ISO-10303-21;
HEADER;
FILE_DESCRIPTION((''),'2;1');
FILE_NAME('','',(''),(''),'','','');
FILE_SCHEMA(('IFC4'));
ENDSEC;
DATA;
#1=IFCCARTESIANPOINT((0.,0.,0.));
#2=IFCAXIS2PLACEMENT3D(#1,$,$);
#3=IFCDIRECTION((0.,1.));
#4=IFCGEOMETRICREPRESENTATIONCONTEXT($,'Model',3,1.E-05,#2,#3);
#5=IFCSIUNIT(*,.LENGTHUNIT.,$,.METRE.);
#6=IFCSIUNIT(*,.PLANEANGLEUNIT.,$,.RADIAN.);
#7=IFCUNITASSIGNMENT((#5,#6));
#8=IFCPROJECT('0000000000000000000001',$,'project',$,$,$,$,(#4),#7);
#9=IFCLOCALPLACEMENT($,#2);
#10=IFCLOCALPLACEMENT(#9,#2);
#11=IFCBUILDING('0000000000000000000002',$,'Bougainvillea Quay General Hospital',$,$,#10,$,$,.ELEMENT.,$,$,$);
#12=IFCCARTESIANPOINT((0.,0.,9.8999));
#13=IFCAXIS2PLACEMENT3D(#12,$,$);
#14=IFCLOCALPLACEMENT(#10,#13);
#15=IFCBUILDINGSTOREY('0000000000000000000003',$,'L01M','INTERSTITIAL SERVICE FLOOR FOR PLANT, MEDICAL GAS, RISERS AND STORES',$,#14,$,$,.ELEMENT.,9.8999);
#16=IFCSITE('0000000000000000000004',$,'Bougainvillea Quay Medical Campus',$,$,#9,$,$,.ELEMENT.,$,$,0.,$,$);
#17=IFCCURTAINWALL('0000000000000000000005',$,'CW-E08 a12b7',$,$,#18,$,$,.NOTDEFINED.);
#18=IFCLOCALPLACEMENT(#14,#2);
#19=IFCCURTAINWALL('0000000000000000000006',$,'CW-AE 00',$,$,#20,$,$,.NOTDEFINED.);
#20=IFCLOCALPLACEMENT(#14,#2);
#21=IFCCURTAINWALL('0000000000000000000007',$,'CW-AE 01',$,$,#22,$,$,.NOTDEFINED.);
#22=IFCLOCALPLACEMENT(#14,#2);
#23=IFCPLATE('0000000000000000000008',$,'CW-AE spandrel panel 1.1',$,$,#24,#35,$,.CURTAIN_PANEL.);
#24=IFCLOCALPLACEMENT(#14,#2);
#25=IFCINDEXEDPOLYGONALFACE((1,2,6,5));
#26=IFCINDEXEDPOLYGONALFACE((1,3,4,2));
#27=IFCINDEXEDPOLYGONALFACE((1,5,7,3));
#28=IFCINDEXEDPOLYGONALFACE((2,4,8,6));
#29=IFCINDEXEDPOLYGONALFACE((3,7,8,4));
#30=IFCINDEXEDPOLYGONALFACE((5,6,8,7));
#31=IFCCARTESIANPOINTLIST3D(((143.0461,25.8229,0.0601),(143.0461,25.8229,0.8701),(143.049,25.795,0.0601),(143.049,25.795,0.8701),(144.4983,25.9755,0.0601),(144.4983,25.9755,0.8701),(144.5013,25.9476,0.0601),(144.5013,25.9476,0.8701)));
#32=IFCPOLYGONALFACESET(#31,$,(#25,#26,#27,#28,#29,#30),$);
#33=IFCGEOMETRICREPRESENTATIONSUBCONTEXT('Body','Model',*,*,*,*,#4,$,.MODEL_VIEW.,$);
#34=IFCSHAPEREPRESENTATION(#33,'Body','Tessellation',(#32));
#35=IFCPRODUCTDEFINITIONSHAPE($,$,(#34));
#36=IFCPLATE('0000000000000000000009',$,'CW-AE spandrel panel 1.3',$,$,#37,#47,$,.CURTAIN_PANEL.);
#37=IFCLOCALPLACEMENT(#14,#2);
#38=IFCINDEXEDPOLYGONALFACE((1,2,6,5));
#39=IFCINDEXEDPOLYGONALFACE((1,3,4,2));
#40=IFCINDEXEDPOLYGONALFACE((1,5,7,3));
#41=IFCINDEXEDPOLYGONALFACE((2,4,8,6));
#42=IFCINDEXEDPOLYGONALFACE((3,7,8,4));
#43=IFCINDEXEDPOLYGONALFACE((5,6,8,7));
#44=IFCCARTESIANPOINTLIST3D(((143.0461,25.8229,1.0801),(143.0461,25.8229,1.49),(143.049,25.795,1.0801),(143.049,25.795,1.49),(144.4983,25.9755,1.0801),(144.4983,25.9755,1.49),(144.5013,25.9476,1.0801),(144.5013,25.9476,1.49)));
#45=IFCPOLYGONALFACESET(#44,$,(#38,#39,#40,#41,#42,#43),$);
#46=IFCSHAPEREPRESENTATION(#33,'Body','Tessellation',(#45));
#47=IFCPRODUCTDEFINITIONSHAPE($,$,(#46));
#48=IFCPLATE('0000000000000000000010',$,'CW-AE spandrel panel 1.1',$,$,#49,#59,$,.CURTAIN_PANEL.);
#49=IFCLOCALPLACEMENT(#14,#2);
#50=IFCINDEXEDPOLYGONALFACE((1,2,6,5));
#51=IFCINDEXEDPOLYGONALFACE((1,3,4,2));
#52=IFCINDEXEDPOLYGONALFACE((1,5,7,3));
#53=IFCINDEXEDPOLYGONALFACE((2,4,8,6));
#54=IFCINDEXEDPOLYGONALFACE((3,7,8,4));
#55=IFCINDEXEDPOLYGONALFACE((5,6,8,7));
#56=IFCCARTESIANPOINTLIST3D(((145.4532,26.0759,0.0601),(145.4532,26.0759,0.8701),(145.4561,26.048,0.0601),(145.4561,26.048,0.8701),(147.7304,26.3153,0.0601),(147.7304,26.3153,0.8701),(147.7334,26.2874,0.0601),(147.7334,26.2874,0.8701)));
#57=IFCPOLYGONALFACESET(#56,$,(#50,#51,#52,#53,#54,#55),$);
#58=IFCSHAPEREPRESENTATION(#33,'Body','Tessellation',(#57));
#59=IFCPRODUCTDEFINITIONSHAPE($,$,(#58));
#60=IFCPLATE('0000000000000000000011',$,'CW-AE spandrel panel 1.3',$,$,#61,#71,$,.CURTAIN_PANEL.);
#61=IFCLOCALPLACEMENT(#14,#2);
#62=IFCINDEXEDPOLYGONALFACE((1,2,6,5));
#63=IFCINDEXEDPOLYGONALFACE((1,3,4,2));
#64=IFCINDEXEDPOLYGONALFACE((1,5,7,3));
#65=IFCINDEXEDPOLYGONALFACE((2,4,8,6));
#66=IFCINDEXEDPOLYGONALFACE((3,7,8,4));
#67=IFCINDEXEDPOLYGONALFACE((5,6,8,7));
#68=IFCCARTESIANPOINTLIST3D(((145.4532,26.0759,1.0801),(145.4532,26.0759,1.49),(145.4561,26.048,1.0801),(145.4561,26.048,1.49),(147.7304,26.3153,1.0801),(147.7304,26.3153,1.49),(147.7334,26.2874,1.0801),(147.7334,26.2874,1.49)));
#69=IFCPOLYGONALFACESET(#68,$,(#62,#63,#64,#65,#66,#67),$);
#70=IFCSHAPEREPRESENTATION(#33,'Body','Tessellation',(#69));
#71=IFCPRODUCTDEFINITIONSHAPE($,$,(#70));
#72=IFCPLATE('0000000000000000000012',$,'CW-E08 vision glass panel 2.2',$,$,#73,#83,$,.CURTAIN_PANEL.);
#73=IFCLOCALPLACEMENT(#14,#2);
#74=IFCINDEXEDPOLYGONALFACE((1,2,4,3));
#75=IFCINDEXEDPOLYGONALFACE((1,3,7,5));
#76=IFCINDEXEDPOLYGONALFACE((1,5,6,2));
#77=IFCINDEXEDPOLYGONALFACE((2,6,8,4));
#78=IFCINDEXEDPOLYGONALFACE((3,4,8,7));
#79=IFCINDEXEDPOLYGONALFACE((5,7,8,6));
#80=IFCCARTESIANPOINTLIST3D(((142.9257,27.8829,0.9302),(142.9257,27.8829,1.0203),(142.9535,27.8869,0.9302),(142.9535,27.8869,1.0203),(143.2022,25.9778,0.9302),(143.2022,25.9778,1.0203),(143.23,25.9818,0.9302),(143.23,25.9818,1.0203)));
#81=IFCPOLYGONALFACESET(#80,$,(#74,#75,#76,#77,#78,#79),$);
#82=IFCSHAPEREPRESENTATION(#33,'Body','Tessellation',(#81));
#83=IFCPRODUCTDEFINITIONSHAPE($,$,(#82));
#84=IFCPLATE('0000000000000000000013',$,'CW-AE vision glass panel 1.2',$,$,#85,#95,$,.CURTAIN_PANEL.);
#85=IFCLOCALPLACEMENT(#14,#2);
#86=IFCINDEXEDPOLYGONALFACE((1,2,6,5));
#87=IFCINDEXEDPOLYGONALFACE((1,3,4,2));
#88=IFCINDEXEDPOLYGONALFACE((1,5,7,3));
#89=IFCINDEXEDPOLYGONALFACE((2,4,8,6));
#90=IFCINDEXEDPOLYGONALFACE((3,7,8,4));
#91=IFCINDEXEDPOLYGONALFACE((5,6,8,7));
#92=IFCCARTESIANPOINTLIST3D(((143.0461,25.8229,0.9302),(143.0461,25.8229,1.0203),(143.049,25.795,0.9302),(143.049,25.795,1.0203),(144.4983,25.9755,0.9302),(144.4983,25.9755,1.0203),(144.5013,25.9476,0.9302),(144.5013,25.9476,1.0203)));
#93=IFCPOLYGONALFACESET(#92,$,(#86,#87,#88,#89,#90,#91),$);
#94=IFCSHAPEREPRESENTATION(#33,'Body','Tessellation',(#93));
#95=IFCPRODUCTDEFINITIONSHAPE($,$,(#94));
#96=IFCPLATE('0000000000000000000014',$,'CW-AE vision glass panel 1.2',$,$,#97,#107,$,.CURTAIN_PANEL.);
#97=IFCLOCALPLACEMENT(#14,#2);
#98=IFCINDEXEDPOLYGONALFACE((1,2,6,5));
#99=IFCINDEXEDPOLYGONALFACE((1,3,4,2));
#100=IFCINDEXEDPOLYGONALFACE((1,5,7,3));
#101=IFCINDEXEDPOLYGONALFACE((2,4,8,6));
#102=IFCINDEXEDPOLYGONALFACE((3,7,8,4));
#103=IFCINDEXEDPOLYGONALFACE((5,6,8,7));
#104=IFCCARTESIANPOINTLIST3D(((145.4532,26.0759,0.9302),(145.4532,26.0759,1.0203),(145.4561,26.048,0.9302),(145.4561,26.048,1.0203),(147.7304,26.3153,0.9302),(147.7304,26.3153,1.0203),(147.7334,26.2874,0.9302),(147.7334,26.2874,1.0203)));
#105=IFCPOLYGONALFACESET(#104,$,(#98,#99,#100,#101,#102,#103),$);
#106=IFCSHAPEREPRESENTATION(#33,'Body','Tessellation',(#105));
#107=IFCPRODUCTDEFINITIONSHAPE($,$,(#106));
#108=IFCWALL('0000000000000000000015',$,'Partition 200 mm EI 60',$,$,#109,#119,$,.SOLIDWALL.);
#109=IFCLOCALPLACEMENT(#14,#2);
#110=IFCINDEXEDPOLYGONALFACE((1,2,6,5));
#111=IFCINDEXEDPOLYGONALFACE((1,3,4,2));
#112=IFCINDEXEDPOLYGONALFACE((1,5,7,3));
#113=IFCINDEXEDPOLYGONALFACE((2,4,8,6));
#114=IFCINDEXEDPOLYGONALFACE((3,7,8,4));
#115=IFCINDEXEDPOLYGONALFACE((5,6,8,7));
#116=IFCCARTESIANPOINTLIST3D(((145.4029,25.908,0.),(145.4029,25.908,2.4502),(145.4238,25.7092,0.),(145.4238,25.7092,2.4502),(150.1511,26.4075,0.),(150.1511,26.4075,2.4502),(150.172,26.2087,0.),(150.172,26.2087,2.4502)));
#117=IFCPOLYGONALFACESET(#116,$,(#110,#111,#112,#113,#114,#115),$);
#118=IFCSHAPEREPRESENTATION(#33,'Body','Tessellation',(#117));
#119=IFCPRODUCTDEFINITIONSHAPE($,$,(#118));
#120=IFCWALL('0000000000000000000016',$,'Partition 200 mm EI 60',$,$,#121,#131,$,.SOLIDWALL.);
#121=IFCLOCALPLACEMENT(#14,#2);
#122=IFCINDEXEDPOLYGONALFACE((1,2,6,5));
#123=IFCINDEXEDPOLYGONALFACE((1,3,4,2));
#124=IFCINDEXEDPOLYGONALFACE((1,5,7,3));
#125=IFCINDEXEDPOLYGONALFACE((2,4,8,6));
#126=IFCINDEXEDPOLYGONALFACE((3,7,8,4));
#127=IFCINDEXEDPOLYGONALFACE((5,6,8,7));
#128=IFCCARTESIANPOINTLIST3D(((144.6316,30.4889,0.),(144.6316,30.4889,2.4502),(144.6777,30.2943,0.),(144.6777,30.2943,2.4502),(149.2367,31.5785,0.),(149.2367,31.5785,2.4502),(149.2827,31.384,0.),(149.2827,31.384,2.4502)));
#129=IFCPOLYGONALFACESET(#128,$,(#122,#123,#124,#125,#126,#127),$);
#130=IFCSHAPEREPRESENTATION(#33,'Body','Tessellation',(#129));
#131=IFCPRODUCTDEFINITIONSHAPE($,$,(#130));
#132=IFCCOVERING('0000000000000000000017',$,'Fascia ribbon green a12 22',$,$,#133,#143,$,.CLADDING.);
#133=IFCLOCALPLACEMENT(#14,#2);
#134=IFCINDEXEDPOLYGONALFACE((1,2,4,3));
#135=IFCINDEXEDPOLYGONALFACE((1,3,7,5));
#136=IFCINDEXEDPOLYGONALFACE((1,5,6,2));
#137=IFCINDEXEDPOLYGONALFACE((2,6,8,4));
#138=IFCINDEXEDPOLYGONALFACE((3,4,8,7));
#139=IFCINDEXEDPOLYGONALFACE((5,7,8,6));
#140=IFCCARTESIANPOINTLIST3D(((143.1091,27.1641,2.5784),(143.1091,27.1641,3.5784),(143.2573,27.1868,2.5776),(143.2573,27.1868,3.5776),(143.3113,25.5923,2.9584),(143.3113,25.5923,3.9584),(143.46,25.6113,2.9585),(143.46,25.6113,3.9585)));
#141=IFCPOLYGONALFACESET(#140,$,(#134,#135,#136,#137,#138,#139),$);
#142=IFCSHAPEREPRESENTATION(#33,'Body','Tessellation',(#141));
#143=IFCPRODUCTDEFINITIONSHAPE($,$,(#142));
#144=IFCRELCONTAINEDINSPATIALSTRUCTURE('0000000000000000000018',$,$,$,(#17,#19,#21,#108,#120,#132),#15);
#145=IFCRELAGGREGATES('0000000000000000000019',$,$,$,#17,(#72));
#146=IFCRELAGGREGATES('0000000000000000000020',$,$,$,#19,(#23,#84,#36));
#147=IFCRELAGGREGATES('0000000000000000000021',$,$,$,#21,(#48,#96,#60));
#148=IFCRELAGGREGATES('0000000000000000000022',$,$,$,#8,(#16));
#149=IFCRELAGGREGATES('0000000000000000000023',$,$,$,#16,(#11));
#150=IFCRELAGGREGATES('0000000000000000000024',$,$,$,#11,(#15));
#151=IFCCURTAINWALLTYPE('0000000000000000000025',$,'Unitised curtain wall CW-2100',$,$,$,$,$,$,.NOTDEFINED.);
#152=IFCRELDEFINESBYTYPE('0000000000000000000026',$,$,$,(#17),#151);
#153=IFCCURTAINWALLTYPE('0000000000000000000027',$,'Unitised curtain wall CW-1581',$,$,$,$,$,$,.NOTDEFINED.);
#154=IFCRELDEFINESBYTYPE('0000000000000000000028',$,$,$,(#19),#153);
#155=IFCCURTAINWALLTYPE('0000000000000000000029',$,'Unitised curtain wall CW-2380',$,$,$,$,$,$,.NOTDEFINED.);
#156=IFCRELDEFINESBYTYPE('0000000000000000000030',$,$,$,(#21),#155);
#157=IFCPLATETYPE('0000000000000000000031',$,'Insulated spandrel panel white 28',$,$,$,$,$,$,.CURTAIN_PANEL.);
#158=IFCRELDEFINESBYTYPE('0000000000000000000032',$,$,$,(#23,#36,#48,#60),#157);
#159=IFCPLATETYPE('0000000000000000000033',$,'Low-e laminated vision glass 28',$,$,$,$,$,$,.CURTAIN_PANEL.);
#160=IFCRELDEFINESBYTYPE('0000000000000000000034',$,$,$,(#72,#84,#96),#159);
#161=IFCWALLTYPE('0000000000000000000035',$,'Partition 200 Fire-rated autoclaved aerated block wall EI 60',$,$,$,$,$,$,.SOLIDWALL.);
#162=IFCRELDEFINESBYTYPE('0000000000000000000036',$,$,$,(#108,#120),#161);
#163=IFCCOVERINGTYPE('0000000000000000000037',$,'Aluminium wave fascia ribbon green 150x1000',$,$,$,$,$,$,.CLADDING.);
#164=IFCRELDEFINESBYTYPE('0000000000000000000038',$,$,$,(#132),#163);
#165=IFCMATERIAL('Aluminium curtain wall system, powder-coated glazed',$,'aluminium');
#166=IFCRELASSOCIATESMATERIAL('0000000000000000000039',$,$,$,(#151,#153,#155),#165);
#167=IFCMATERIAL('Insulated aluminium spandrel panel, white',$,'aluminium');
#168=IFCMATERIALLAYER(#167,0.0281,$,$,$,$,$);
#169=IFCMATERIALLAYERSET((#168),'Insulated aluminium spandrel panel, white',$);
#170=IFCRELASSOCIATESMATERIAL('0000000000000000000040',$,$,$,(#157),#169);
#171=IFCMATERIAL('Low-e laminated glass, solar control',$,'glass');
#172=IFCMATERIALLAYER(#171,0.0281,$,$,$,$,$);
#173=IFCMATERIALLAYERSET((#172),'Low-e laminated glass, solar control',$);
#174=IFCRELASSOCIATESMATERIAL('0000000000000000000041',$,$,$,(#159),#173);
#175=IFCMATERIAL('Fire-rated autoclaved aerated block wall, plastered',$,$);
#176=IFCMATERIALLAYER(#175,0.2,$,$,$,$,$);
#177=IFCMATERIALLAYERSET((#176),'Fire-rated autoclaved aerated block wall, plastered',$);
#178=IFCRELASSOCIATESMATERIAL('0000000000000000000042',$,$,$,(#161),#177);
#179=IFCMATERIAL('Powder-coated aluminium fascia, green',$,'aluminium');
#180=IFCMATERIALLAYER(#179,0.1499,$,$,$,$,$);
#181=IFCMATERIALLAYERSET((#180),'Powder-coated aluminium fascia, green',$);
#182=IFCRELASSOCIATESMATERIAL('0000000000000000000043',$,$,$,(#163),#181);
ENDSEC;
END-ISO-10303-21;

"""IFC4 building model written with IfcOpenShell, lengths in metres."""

from ifc_helpers import new_model, si_unit, direction, frame, frame_2d, origin, origin_2d, place, context, subcontext, project, spatial, polyline, rectangle, outline, extrude, material, layer, layer_set, type_object, element, aggregate, save


model = new_model("IFC4")

# Units and contexts
model_context = context("Model", 3, precision=1e-05, world=origin(), true_north=direction((0.0, 1.0)))
body_context = subcontext(model_context, "Body", "Model", "MODEL_VIEW")
ifc_project = project(units=[si_unit("LENGTHUNIT", "METRE"), si_unit("PLANEANGLEUNIT", "RADIAN")], contexts=[model_context])

# Site, building, storey
site_placement = place(None, origin())
site = spatial("IfcSite", under=ifc_project, at=site_placement, Name="Bougainvillea Quay Medical Campus", CompositionType="ELEMENT", RefElevation=0.0)
building_placement = place(site_placement, origin())
building = spatial("IfcBuilding", under=site, at=building_placement, Name="Bougainvillea Quay General Hospital", CompositionType="ELEMENT")
storey_placement = place(building_placement, frame((0.0, 0.0, 9.8999)))
storey = spatial("IfcBuildingStorey", under=building, at=storey_placement, Name="L01M", Description="INTERSTITIAL SERVICE FLOOR FOR PLANT, MEDICAL GAS, RISERS AND STORES", CompositionType="ELEMENT", Elevation=9.8999)

# Curtain walls
ifc_material_1 = material(Name="Aluminium curtain wall system, powder-coated glazed", Category="aluminium")
curtain_wall_type_1 = type_object("IfcCurtainWallType", Name="Unitised curtain wall CW-2100", PredefinedType="NOTDEFINED", material=ifc_material_1)
curtain_wall_1_placement = place(storey_placement, origin())
curtain_wall_1 = element("IfcCurtainWall", 1, at=curtain_wall_1_placement, inside=storey, type_object=curtain_wall_type_1, Name="CW-E08 a12b7", PredefinedType="NOTDEFINED")
curtain_wall_type_2 = type_object("IfcCurtainWallType", Name="Unitised curtain wall CW-1581", PredefinedType="NOTDEFINED", material=ifc_material_1)
curtain_wall_2_placement = place(storey_placement, origin())
curtain_wall_2 = element("IfcCurtainWall", 2, at=curtain_wall_2_placement, inside=storey, type_object=curtain_wall_type_2, Name="CW-AE 00", PredefinedType="NOTDEFINED")

# Curtain wall
curtain_wall_type_3 = type_object("IfcCurtainWallType", Name="Unitised curtain wall CW-2380", PredefinedType="NOTDEFINED", material=ifc_material_1)
curtain_wall_3_placement = place(storey_placement, origin())
curtain_wall_3 = element("IfcCurtainWall", 3, at=curtain_wall_3_placement, inside=storey, type_object=curtain_wall_type_3, Name="CW-AE 01", PredefinedType="NOTDEFINED")

# Plates
ifc_material_2 = material(Name="Insulated aluminium spandrel panel, white", Category="aluminium")
ifc_layer_1 = layer(ifc_material_2, 0.0281)
ifc_layer_set_1 = layer_set([ifc_layer_1], Name="Insulated aluminium spandrel panel, white")
plate_type_1 = type_object("IfcPlateType", Name="Insulated spandrel panel white 28", PredefinedType="CURTAIN_PANEL", material=ifc_layer_set_1)
plate_1_placement = place(storey_placement, frame((143.7737, 25.8853, 0.0601), z_axis=(0.0, 0.0, 1.0), x_axis=(0.994522, 0.104527, 0.0)))
plate_1 = element("IfcPlate", 4, at=plate_1_placement, type_object=plate_type_1, Name="CW-AE spandrel panel 1.1", PredefinedType="CURTAIN_PANEL", context=body_context, shape_type="SweptSolid", body=[
    extrude(rectangle(XDim=1.4602, YDim=0.0281, at=origin_2d()), origin(), (0.0, 0.0, 1.0), 0.8101),
])
plate_2_placement = place(storey_placement, frame((143.7737, 25.8853, 1.0801), z_axis=(0.0, 0.0, 1.0), x_axis=(0.994522, 0.104527, 0.0)))
plate_2 = element("IfcPlate", 5, at=plate_2_placement, type_object=plate_type_1, Name="CW-AE spandrel panel 1.3", PredefinedType="CURTAIN_PANEL", context=body_context, shape_type="SweptSolid", body=[
    extrude(rectangle(XDim=1.4602, YDim=0.0281, at=origin_2d()), origin(), (0.0, 0.0, 1.0), 0.4099),
])
plate_3_placement = place(storey_placement, frame((146.5933, 26.1816, 0.0601), z_axis=(0.0, 0.0, 1.0), x_axis=(0.994522, 0.104527, 0.0)))
plate_3 = element("IfcPlate", 6, at=plate_3_placement, type_object=plate_type_1, Name="CW-AE spandrel panel 1.1", PredefinedType="CURTAIN_PANEL", context=body_context, shape_type="SweptSolid", body=[
    extrude(rectangle(XDim=2.2898, YDim=0.0281, at=origin_2d()), origin(), (0.0, 0.0, 1.0), 0.8101),
])
plate_4_placement = place(storey_placement, frame((146.5933, 26.1816, 1.0801), z_axis=(0.0, 0.0, 1.0), x_axis=(0.994522, 0.104527, 0.0)))
plate_4 = element("IfcPlate", 7, at=plate_4_placement, type_object=plate_type_1, Name="CW-AE spandrel panel 1.3", PredefinedType="CURTAIN_PANEL", context=body_context, shape_type="SweptSolid", body=[
    extrude(rectangle(XDim=2.2898, YDim=0.0281, at=origin_2d()), origin(), (0.0, 0.0, 1.0), 0.4099),
])
ifc_material_3 = material(Name="Low-e laminated glass, solar control", Category="glass")
ifc_layer_2 = layer(ifc_material_3, 0.0281)
ifc_layer_set_2 = layer_set([ifc_layer_2], Name="Low-e laminated glass, solar control")
plate_type_2 = type_object("IfcPlateType", Name="Low-e laminated vision glass 28", PredefinedType="CURTAIN_PANEL", material=ifc_layer_set_2)
plate_5_placement = place(storey_placement, frame((143.0779, 26.9324, 0.9302), z_axis=(0.0, 0.0, 1.0), x_axis=(0.143643, -0.98963, 0.0)))
plate_5 = element("IfcPlate", 8, at=plate_5_placement, type_object=plate_type_2, Name="CW-E08 vision glass panel 2.2", PredefinedType="CURTAIN_PANEL", context=body_context, shape_type="SweptSolid", body=[
    extrude(rectangle(XDim=1.925, YDim=0.0281, at=origin_2d()), origin(), (0.0, 0.0, 1.0), 0.0901),
])
aggregate(curtain_wall_1, [plate_5])
plate_6_placement = place(storey_placement, frame((143.7737, 25.8853, 0.9302), z_axis=(0.0, 0.0, 1.0), x_axis=(0.994522, 0.104527, 0.0)))
plate_6 = element("IfcPlate", 9, at=plate_6_placement, type_object=plate_type_2, Name="CW-AE vision glass panel 1.2", PredefinedType="CURTAIN_PANEL", context=body_context, shape_type="SweptSolid", body=[
    extrude(rectangle(XDim=1.4602, YDim=0.0281, at=origin_2d()), origin(), (0.0, 0.0, 1.0), 0.0901),
])
aggregate(curtain_wall_2, [plate_1, plate_6, plate_2])
plate_7_placement = place(storey_placement, frame((146.5933, 26.1816, 0.9302), z_axis=(0.0, 0.0, 1.0), x_axis=(0.994522, 0.104527, 0.0)))
plate_7 = element("IfcPlate", 10, at=plate_7_placement, type_object=plate_type_2, Name="CW-AE vision glass panel 1.2", PredefinedType="CURTAIN_PANEL", context=body_context, shape_type="SweptSolid", body=[
    extrude(rectangle(XDim=2.2898, YDim=0.0281, at=origin_2d()), origin(), (0.0, 0.0, 1.0), 0.0901),
])
aggregate(curtain_wall_3, [plate_3, plate_7, plate_4])

# Walls
ifc_material_4 = material(Name="Fire-rated autoclaved aerated block wall, plastered")
ifc_layer_3 = layer(ifc_material_4, 0.2)
ifc_layer_set_3 = layer_set([ifc_layer_3], Name="Fire-rated autoclaved aerated block wall, plastered")
wall_type = type_object("IfcWallType", Name="Partition 200 Fire-rated autoclaved aerated block wall EI 60", PredefinedType="SOLIDWALL", material=ifc_layer_set_3)
wall_1_placement = place(storey_placement, frame((145.4133, 25.8086, 0.0), z_axis=(0.0, 0.0, 1.0), x_axis=(0.994512, 0.104621, 0.0)))
element("IfcWall", 11, at=wall_1_placement, inside=storey, type_object=wall_type, Name="Partition 200 mm EI 60", PredefinedType="SOLIDWALL", context=body_context, shape_type="SweptSolid", body=[
    extrude(rectangle(XDim=4.7744, YDim=0.2, at=frame_2d((2.3872, 0.0))), origin(), (0.0, 0.0, 1.0), 2.4502),
])
wall_2_placement = place(storey_placement, frame((144.6545, 30.3916, 0.0), z_axis=(0.0, 0.0, 1.0), x_axis=(0.97313, 0.230256, 0.0)))
element("IfcWall", 12, at=wall_2_placement, inside=storey, type_object=wall_type, Name="Partition 200 mm EI 60", PredefinedType="SOLIDWALL", context=body_context, shape_type="SweptSolid", body=[
    extrude(rectangle(XDim=4.7322, YDim=0.2, at=frame_2d((2.3662, 0.0))), origin(), (0.0, 0.0, 1.0), 2.4502),
])

# Covering
ifc_material_5 = material(Name="Powder-coated aluminium fascia, green", Category="aluminium")
ifc_layer_4 = layer(ifc_material_5, 0.1499)
ifc_layer_set_4 = layer_set([ifc_layer_4], Name="Powder-coated aluminium fascia, green")
covering_type = type_object("IfcCoveringType", Name="Aluminium wave fascia ribbon green 150x1000", PredefinedType="CLADDING", material=ifc_layer_set_4)
covering_placement = place(storey_placement, frame((143.1091, 27.1641, 2.5784), z_axis=(-0.030121, 0.231255, 0.972427), x_axis=(0.124043, -0.964483, 0.233208)))
element("IfcCovering", 13, at=covering_placement, inside=storey, type_object=covering_type, Name="Fascia ribbon green a12 22", PredefinedType="CLADDING", context=body_context, shape_type="SweptSolid", body=[
    extrude(outline(polyline([(0.0, 0.0), (1.6297, 0.0), (1.6298, 0.1499), (-0.0037, 0.1499), (0.0, 0.0)])), origin(), (0.233208, 0.000366, 0.972427), 1.0),
])

save(model, "model.ifc")
